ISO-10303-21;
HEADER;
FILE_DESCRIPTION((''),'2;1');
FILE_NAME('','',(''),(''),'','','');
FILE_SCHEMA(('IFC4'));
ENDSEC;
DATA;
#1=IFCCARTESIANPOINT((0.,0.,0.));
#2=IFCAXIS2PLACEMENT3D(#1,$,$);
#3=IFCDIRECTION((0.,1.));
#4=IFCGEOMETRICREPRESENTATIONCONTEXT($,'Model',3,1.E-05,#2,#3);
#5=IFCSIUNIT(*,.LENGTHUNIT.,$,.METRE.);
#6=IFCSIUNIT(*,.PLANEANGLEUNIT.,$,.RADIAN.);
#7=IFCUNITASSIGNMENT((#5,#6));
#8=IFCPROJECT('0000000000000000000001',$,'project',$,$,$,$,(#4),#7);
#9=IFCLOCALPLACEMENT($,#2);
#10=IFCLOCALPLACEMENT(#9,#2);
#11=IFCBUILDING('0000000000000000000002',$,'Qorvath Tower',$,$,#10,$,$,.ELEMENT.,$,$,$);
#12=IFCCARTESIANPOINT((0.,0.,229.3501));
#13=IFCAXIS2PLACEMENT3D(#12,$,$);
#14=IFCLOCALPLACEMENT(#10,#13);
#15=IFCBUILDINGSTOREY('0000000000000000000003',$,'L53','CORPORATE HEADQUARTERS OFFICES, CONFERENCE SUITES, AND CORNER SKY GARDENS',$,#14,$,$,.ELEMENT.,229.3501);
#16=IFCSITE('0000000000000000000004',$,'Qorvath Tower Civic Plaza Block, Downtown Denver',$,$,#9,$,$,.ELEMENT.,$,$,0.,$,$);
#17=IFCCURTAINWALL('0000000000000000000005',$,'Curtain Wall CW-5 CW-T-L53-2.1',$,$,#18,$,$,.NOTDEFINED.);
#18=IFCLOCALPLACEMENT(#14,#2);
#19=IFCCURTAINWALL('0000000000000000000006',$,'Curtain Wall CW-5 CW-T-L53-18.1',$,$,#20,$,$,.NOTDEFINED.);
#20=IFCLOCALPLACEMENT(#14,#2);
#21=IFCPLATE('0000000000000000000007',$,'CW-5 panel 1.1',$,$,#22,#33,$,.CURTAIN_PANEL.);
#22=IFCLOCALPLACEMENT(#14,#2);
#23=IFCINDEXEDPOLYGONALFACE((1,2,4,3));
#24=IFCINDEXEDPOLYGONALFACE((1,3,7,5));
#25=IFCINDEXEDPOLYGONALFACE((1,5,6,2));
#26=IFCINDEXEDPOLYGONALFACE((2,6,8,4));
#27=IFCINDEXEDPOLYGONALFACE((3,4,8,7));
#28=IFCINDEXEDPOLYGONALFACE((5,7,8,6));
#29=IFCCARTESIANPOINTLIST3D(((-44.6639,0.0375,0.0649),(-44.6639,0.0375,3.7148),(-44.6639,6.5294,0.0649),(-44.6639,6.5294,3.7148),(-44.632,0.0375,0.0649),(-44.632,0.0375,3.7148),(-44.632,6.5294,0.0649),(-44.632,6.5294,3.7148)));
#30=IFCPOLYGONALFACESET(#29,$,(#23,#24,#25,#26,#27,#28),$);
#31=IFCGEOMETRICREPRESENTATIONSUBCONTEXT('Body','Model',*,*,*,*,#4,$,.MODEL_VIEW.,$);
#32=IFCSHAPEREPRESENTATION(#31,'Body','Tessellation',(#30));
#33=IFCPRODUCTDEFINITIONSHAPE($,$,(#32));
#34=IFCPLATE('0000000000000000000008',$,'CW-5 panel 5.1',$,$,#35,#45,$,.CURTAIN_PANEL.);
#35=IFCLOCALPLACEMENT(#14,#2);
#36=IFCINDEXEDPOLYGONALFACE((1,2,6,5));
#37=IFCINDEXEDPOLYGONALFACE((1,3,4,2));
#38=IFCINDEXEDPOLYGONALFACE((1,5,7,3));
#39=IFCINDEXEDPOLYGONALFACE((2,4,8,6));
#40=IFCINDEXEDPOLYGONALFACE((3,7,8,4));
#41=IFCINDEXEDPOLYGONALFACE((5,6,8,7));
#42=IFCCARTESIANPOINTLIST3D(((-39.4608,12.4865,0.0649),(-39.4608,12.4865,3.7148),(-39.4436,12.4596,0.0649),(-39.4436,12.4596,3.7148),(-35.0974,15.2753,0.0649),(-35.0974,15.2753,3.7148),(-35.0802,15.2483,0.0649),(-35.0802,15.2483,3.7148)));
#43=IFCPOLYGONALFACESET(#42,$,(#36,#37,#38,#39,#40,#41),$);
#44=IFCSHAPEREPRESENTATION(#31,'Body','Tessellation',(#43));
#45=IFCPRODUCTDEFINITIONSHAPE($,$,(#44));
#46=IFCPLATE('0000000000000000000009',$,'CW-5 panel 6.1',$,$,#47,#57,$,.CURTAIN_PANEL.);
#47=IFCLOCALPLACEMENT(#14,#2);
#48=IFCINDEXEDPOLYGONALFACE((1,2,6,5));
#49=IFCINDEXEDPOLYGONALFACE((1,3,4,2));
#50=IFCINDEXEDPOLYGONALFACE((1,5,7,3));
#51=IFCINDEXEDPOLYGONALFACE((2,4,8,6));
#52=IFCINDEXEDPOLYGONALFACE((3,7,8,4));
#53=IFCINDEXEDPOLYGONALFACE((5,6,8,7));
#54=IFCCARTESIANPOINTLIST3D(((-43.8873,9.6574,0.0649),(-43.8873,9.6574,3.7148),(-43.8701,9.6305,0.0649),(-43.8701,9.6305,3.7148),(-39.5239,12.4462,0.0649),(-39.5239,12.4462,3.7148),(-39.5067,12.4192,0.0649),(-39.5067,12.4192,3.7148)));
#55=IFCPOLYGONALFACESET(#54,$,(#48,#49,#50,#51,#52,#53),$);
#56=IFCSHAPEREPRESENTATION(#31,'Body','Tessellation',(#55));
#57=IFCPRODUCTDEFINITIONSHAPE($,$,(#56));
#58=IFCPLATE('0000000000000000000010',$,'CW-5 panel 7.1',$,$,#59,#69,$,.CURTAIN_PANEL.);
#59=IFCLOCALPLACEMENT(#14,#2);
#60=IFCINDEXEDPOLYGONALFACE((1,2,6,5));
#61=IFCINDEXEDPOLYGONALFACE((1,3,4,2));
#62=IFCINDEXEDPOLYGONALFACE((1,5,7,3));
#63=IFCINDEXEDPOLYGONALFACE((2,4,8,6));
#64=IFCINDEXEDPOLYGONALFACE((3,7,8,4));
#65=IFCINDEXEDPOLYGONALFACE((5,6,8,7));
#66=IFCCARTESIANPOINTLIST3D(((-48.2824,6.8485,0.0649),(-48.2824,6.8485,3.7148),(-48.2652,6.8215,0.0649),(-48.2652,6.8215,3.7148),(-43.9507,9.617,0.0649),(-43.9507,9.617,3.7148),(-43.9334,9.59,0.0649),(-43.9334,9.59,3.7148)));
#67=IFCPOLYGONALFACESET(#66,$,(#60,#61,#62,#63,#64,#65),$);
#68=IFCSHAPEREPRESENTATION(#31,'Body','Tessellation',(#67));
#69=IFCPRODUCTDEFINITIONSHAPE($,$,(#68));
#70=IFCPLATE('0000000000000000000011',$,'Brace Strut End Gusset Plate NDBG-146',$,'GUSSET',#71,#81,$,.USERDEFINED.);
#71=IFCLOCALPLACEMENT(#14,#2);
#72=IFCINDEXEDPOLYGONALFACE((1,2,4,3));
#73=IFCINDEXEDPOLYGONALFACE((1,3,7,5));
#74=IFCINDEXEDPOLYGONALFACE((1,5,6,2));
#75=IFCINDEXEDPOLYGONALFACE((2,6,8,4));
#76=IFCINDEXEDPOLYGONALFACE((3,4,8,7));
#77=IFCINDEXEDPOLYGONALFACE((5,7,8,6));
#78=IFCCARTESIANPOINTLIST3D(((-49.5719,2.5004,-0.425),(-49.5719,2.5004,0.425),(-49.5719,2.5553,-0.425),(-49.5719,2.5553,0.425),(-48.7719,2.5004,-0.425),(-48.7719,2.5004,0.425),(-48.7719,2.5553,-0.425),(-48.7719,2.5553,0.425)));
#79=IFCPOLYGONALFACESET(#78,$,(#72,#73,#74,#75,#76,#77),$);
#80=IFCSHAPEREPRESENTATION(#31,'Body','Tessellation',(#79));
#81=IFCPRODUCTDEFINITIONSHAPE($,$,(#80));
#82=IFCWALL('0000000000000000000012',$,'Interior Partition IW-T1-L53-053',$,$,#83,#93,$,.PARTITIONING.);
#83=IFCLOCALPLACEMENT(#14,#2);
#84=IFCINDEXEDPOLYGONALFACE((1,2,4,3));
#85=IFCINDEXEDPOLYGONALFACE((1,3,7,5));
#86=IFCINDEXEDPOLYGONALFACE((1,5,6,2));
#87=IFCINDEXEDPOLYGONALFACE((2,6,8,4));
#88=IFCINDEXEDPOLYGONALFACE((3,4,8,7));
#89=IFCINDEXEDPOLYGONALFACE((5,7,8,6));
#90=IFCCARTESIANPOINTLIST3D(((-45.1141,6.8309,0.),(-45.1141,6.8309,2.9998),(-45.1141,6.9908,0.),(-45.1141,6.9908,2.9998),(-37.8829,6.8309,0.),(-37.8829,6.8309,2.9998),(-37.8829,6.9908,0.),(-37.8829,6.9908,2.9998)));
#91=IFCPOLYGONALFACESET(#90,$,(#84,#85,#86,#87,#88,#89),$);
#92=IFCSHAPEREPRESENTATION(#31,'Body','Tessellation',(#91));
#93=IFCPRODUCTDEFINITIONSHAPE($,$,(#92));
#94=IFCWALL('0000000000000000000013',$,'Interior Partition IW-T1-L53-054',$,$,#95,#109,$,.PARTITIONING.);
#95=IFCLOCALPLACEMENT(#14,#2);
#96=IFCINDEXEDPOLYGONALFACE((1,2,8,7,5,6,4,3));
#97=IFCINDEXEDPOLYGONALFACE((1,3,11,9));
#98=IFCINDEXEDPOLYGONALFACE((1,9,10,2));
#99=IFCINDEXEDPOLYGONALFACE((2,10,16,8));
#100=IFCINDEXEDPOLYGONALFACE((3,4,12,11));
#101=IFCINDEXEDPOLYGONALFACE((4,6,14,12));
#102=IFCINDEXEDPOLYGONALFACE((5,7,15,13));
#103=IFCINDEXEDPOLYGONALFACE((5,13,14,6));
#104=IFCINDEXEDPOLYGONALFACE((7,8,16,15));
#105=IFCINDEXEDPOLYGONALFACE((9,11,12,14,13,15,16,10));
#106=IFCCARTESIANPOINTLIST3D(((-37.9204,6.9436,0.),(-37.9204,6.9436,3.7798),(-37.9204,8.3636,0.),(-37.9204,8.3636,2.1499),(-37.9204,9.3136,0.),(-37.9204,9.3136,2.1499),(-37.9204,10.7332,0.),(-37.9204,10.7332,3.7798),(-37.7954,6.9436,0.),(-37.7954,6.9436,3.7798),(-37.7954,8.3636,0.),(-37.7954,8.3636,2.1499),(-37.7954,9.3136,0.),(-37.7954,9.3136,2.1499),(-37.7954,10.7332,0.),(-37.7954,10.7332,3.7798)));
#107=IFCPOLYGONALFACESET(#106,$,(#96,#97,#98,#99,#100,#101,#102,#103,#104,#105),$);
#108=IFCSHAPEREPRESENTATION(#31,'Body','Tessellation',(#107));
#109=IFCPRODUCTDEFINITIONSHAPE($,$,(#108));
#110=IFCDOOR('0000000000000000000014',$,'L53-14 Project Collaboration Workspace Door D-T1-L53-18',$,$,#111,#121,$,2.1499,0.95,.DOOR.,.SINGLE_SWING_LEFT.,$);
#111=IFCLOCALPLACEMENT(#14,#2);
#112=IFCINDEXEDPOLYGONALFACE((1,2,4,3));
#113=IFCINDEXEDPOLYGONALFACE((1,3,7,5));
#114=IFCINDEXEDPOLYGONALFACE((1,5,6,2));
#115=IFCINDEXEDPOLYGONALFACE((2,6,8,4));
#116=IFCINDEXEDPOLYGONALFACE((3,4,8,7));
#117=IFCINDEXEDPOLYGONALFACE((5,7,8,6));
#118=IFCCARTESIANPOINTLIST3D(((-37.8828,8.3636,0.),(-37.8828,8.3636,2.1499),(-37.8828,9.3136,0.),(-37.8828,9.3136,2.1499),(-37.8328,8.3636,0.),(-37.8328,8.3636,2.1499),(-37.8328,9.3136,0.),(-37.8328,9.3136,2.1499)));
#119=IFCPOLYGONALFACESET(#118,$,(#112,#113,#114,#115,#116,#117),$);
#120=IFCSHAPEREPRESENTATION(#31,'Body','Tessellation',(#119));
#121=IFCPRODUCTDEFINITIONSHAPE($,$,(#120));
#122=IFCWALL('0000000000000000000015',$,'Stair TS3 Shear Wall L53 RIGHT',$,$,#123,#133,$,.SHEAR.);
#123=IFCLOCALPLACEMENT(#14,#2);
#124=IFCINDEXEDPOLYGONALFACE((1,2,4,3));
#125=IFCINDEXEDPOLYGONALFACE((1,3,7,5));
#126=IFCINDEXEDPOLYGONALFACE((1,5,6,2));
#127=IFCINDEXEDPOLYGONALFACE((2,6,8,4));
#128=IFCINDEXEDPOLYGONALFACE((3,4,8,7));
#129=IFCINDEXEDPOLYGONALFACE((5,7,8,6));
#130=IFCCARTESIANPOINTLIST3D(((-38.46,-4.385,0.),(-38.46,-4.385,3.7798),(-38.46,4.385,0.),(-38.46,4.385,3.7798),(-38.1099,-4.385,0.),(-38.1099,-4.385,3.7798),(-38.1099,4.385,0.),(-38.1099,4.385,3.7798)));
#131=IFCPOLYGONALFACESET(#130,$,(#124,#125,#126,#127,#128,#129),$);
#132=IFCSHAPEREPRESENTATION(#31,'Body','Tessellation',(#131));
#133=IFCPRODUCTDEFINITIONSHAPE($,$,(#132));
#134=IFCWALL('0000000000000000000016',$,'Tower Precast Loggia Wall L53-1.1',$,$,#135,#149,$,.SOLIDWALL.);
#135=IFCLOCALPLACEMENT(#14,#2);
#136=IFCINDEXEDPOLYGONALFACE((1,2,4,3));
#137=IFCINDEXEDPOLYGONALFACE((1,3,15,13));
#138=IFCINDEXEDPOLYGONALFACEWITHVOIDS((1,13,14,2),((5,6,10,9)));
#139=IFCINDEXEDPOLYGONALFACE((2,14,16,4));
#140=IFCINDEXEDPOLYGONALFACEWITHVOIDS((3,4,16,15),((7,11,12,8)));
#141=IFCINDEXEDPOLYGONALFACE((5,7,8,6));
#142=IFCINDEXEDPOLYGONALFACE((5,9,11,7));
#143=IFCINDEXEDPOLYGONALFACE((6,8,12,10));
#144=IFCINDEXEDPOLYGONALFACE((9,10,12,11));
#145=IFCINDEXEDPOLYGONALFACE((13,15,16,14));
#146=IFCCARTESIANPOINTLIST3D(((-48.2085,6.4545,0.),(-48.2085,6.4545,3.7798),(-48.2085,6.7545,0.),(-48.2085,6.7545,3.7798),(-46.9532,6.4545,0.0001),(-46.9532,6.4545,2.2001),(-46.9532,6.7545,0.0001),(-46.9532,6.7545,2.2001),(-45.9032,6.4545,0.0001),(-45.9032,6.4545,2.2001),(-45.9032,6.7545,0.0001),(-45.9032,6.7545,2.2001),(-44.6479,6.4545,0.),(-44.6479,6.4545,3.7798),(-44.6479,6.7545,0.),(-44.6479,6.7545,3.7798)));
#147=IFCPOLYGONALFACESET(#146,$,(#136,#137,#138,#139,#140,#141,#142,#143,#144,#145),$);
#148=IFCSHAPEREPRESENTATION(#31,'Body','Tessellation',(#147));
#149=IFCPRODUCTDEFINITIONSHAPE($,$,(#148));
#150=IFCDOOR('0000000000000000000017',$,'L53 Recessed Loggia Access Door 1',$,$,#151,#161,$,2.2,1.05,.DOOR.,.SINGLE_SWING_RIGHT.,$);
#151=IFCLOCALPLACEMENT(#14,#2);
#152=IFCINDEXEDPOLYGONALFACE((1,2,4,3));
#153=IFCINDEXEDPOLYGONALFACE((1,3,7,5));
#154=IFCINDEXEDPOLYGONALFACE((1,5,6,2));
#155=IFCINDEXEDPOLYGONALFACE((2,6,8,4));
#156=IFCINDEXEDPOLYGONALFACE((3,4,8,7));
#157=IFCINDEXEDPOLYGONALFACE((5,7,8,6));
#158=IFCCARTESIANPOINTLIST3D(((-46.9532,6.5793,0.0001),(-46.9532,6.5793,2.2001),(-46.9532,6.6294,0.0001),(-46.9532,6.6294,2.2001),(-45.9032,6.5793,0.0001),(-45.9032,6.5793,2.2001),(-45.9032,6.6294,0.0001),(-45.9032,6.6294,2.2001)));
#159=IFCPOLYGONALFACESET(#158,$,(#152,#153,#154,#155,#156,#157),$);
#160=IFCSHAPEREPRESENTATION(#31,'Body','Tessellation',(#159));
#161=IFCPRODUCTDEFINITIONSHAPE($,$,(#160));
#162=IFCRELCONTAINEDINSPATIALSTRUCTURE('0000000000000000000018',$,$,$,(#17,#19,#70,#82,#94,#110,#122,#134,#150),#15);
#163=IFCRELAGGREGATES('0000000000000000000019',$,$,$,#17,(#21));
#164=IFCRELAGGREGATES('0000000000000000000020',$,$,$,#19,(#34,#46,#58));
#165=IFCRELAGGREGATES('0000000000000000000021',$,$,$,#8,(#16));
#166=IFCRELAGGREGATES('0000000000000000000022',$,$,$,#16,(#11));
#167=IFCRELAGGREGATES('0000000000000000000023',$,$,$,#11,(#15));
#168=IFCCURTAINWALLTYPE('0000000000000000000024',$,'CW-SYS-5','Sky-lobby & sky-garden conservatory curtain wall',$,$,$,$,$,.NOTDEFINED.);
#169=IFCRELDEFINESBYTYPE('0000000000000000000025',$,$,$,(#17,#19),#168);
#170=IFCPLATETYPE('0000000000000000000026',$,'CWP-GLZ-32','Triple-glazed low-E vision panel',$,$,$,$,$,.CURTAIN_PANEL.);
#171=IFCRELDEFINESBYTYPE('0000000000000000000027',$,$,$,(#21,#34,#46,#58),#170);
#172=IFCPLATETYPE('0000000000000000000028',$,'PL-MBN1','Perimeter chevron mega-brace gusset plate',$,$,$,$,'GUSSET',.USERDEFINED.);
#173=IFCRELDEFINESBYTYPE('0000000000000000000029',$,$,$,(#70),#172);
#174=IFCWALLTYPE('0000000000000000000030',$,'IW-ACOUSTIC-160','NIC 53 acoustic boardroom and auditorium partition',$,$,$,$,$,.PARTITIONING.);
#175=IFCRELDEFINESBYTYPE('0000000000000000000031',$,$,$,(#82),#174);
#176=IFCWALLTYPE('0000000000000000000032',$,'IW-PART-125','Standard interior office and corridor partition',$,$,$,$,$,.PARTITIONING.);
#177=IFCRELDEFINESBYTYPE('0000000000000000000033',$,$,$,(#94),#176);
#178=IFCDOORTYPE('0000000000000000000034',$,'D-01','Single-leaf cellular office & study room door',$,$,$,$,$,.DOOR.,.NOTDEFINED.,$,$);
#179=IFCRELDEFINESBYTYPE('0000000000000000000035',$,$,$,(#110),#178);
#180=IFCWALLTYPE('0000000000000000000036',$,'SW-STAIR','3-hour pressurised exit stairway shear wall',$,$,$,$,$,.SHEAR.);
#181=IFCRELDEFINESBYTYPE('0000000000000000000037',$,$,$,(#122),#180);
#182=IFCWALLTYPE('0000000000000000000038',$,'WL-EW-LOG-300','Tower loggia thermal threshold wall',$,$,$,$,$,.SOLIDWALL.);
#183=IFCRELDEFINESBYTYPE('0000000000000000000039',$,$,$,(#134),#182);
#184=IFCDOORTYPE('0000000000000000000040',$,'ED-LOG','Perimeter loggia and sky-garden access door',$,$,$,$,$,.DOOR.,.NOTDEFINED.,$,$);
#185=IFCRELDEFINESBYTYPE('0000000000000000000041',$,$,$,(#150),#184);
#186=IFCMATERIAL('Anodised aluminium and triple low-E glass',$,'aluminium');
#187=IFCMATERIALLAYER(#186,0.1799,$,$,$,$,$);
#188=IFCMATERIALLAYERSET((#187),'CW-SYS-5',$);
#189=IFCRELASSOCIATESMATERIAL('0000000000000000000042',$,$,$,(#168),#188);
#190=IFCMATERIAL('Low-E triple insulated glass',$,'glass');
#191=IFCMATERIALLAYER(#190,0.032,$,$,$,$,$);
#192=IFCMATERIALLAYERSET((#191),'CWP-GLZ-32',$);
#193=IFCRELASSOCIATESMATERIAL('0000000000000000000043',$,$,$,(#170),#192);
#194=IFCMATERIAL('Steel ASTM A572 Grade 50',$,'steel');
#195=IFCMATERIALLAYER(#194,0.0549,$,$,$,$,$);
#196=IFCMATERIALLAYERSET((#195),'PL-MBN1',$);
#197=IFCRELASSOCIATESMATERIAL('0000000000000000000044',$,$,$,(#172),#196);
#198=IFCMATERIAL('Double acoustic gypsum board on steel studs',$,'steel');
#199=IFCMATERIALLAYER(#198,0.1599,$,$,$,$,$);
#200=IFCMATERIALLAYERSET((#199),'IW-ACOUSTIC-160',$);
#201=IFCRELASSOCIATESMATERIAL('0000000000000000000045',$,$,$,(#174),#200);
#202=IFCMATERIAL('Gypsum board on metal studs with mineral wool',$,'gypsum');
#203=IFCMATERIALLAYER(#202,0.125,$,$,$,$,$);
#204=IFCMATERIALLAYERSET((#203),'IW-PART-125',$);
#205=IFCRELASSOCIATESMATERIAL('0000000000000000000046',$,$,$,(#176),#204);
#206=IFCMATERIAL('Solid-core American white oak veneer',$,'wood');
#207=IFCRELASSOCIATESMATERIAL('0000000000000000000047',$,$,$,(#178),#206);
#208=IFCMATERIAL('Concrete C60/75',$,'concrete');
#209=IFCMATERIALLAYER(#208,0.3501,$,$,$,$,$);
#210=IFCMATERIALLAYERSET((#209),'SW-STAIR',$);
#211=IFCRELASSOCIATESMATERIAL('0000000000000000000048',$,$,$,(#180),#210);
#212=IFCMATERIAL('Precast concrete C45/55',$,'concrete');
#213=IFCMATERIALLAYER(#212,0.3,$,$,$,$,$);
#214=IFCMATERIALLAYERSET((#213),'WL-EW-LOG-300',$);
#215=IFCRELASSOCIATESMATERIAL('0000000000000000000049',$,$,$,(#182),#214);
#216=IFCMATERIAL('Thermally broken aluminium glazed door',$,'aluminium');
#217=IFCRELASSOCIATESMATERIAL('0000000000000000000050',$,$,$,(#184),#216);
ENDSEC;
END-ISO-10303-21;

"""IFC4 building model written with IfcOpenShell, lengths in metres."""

from ifc_helpers import new_model, si_unit, direction, frame, frame_2d, origin, origin_2d, place, context, subcontext, project, spatial, rectangle, extrude, material, layer, layer_set, type_object, element, fill, aggregate, save


model = new_model("IFC4")

# Units and contexts
model_context = context("Model", 3, precision=1e-05, world=origin(), true_north=direction((0.0, 1.0)))
body_context = subcontext(model_context, "Body", "Model", "MODEL_VIEW")
ifc_project = project(units=[si_unit("LENGTHUNIT", "METRE"), si_unit("PLANEANGLEUNIT", "RADIAN")], contexts=[model_context])

# Site, building, storey
site_placement = place(None, origin())
site = spatial("IfcSite", under=ifc_project, at=site_placement, Name="Qorvath Tower Civic Plaza Block, Downtown Denver", CompositionType="ELEMENT", RefElevation=0.0)
building_placement = place(site_placement, origin())
building = spatial("IfcBuilding", under=site, at=building_placement, Name="Qorvath Tower", CompositionType="ELEMENT")
storey_placement = place(building_placement, frame((0.0, 0.0, 229.3501)))
storey = spatial("IfcBuildingStorey", under=building, at=storey_placement, Name="L53", Description="CORPORATE HEADQUARTERS OFFICES, CONFERENCE SUITES, AND CORNER SKY GARDENS", CompositionType="ELEMENT", Elevation=229.3501)

# Curtain wall
ifc_material_1 = material(Name="Anodised aluminium and triple low-E glass", Category="aluminium")
ifc_layer_1 = layer(ifc_material_1, 0.1799)
ifc_layer_set_1 = layer_set([ifc_layer_1], Name="CW-SYS-5")
curtain_wall_type = type_object("IfcCurtainWallType", Name="CW-SYS-5", Description="Sky-lobby & sky-garden conservatory curtain wall", PredefinedType="NOTDEFINED", material=ifc_layer_set_1)
curtain_wall_1_placement = place(storey_placement, origin())
curtain_wall_1 = element("IfcCurtainWall", 1, at=curtain_wall_1_placement, inside=storey, type_object=curtain_wall_type, Name="Curtain Wall CW-5 CW-T-L53-2.1", PredefinedType="NOTDEFINED")

# Curtain wall
curtain_wall_2_placement = place(storey_placement, origin())
curtain_wall_2 = element("IfcCurtainWall", 2, at=curtain_wall_2_placement, inside=storey, type_object=curtain_wall_type, Name="Curtain Wall CW-5 CW-T-L53-18.1", PredefinedType="NOTDEFINED")

# Plates
ifc_material_2 = material(Name="Low-E triple insulated glass", Category="glass")
ifc_layer_2 = layer(ifc_material_2, 0.032)
ifc_layer_set_2 = layer_set([ifc_layer_2], Name="CWP-GLZ-32")
plate_type_1 = type_object("IfcPlateType", Name="CWP-GLZ-32", Description="Triple-glazed low-E vision panel", PredefinedType="CURTAIN_PANEL", material=ifc_layer_set_2)
plate_1_placement = place(storey_placement, frame((-44.6479, 3.2834, 0.0649), z_axis=(0.0, 0.0, 1.0), x_axis=(0.0, -1.0, 0.0)))
plate_1 = element("IfcPlate", 3, at=plate_1_placement, type_object=plate_type_1, Name="CW-5 panel 1.1", PredefinedType="CURTAIN_PANEL", context=body_context, shape_type="SweptSolid", body=[
    extrude(rectangle(XDim=6.4919, YDim=0.032, at=origin_2d()), origin(), (0.0, 0.0, 1.0), 3.6499),
])
aggregate(curtain_wall_1, [plate_1])
plate_2_placement = place(storey_placement, frame((-37.2705, 13.8674, 0.0649), z_axis=(0.0, 0.0, 1.0), x_axis=(-0.842606, -0.538531, 0.0)))
plate_2 = element("IfcPlate", 4, at=plate_2_placement, type_object=plate_type_1, Name="CW-5 panel 5.1", PredefinedType="CURTAIN_PANEL", context=body_context, shape_type="SweptSolid", body=[
    extrude(rectangle(XDim=5.1785, YDim=0.032, at=origin_2d()), origin(), (0.0, 0.0, 1.0), 3.6499),
])
plate_3_placement = place(storey_placement, frame((-41.697, 11.0383, 0.0649), z_axis=(0.0, 0.0, 1.0), x_axis=(-0.842606, -0.538531, 0.0)))
plate_3 = element("IfcPlate", 5, at=plate_3_placement, type_object=plate_type_1, Name="CW-5 panel 6.1", PredefinedType="CURTAIN_PANEL", context=body_context, shape_type="SweptSolid", body=[
    extrude(rectangle(XDim=5.1785, YDim=0.032, at=origin_2d()), origin(), (0.0, 0.0, 1.0), 3.6499),
])
plate_4_placement = place(storey_placement, frame((-46.1079, 8.2192, 0.0649), z_axis=(0.0, 0.0, 1.0), x_axis=(-0.842606, -0.538531, 0.0)))
plate_4 = element("IfcPlate", 6, at=plate_4_placement, type_object=plate_type_1, Name="CW-5 panel 7.1", PredefinedType="CURTAIN_PANEL", context=body_context, shape_type="SweptSolid", body=[
    extrude(rectangle(XDim=5.1409, YDim=0.032, at=origin_2d()), origin(), (0.0, 0.0, 1.0), 3.6499),
])
aggregate(curtain_wall_2, [plate_2, plate_3, plate_4])
ifc_material_3 = material(Name="Steel ASTM A572 Grade 50", Category="steel")
ifc_layer_3 = layer(ifc_material_3, 0.0549)
ifc_layer_set_3 = layer_set([ifc_layer_3], Name="PL-MBN1")
plate_type_2 = type_object("IfcPlateType", Name="PL-MBN1", Description="Perimeter chevron mega-brace gusset plate", ElementType="GUSSET", PredefinedType="USERDEFINED", material=ifc_layer_set_3)
plate_5_placement = place(storey_placement, frame((-49.1719, 2.5278, -0.425), z_axis=(0.0, 0.0, 1.0), x_axis=(1.0, 0.0, 0.0)))
element("IfcPlate", 7, at=plate_5_placement, inside=storey, type_object=plate_type_2, Name="Brace Strut End Gusset Plate NDBG-146", ObjectType="GUSSET", PredefinedType="USERDEFINED", context=body_context, shape_type="SweptSolid", body=[
    extrude(rectangle(XDim=0.8, YDim=0.0549, at=origin_2d()), origin(), (0.0, 0.0, 1.0), 0.8501),
])

# Shared definitions
ifc_material_4 = material(Name="Double acoustic gypsum board on steel studs", Category="steel")
ifc_layer_4 = layer(ifc_material_4, 0.1599)
ifc_layer_set_4 = layer_set([ifc_layer_4], Name="IW-ACOUSTIC-160")
wall_type_1 = type_object("IfcWallType", Name="IW-ACOUSTIC-160", Description="NIC 53 acoustic boardroom and auditorium partition", PredefinedType="PARTITIONING", material=ifc_layer_set_4)

# Wall
wall_1_placement = place(storey_placement, frame((-37.8828, 6.9109, 0.0), z_axis=(0.0, 0.0, 1.0), x_axis=(-1.0, 0.0, 0.0)))
element("IfcWall", 8, at=wall_1_placement, inside=storey, type_object=wall_type_1, Name="Interior Partition IW-T1-L53-053", PredefinedType="PARTITIONING", context=body_context, shape_type="SweptSolid", body=[
    extrude(rectangle(XDim=7.2312, YDim=0.1599, at=frame_2d((3.6157, 0.0))), origin(), (0.0, 0.0, 1.0), 2.9998),
])

# Wall, opening, door
ifc_material_5 = material(Name="Gypsum board on metal studs with mineral wool", Category="gypsum")
ifc_layer_5 = layer(ifc_material_5, 0.125)
ifc_layer_set_5 = layer_set([ifc_layer_5], Name="IW-PART-125")
wall_type_2 = type_object("IfcWallType", Name="IW-PART-125", Description="Standard interior office and corridor partition", PredefinedType="PARTITIONING", material=ifc_layer_set_5)
wall_2_placement = place(storey_placement, frame((-37.8579, 6.9436, 0.0), z_axis=(0.0, 0.0, 1.0), x_axis=(0.0, 1.0, 0.0)))
wall_2 = element("IfcWall", 9, at=wall_2_placement, inside=storey, type_object=wall_type_2, Name="Interior Partition IW-T1-L53-054", PredefinedType="PARTITIONING", context=body_context, shape_type="SweptSolid", body=[
    extrude(rectangle(XDim=3.7896, YDim=0.125, at=frame_2d((1.8948, 0.0))), origin(), (0.0, 0.0, 1.0), 3.7798),
])
opening_1_placement = place(wall_2_placement, frame((1.4199, 0.0, 0.0)))
opening_1 = element("IfcOpeningElement", 10, at=opening_1_placement, cuts=wall_2, PredefinedType="OPENING", context=body_context, shape_type="SweptSolid", body=[
    extrude(rectangle(XDim=0.95, YDim=2.1499, at=frame_2d((0.4751, 1.075))), frame((0.0, 0.0725, 0.0), z_axis=(0.0, -1.0, 0.0), x_axis=(1.0, 0.0, 0.0)), (0.0, 0.0, 1.0), 0.145),
])
ifc_material_6 = material(Name="Solid-core American white oak veneer", Category="wood")
door_type_1 = type_object("IfcDoorType", Name="D-01", Description="Single-leaf cellular office & study room door", OperationType="NOTDEFINED", PredefinedType="DOOR", material=ifc_material_6)
door_1_placement = place(opening_1_placement, origin())
door_1 = element("IfcDoor", 11, at=door_1_placement, inside=storey, type_object=door_type_1, Name="L53-14 Project Collaboration Workspace Door D-T1-L53-18", OperationType="SINGLE_SWING_LEFT", OverallHeight=2.1499, OverallWidth=0.95, PredefinedType="DOOR", context=body_context, shape_type="SweptSolid", body=[
    extrude(rectangle(XDim=0.95, YDim=2.1499, at=frame_2d((0.4751, 1.075))), frame((0.0, 0.0249, 0.0), z_axis=(0.0, -1.0, 0.0), x_axis=(1.0, 0.0, 0.0)), (0.0, 0.0, 1.0), 0.05),
])
fill(opening_1, door_1)

# Wall
ifc_material_7 = material(Name="Concrete C60/75", Category="concrete")
ifc_layer_6 = layer(ifc_material_7, 0.3501)
ifc_layer_set_6 = layer_set([ifc_layer_6], Name="SW-STAIR")
wall_type_3 = type_object("IfcWallType", Name="SW-STAIR", Description="3-hour pressurised exit stairway shear wall", PredefinedType="SHEAR", material=ifc_layer_set_6)
wall_3_placement = place(storey_placement, frame((-38.2849, 4.385, 0.0), z_axis=(0.0, 0.0, 1.0), x_axis=(0.0, -1.0, 0.0)))
element("IfcWall", 12, at=wall_3_placement, inside=storey, type_object=wall_type_3, Name="Stair TS3 Shear Wall L53 RIGHT", PredefinedType="SHEAR", context=body_context, shape_type="SweptSolid", body=[
    extrude(rectangle(XDim=8.77, YDim=0.3501, at=frame_2d((4.385, 0.0))), origin(), (0.0, 0.0, 1.0), 3.7798),
])

# Wall, opening, door
ifc_material_8 = material(Name="Precast concrete C45/55", Category="concrete")
ifc_layer_7 = layer(ifc_material_8, 0.3)
ifc_layer_set_7 = layer_set([ifc_layer_7], Name="WL-EW-LOG-300")
wall_type_4 = type_object("IfcWallType", Name="WL-EW-LOG-300", Description="Tower loggia thermal threshold wall", PredefinedType="SOLIDWALL", material=ifc_layer_set_7)
wall_4_placement = place(storey_placement, frame((-48.2085, 6.6045, 0.0), z_axis=(0.0, 0.0, 1.0), x_axis=(1.0, 0.0, 0.0)))
wall_4 = element("IfcWall", 13, at=wall_4_placement, inside=storey, type_object=wall_type_4, Name="Tower Precast Loggia Wall L53-1.1", PredefinedType="SOLIDWALL", context=body_context, shape_type="SweptSolid", body=[
    extrude(rectangle(XDim=3.5605, YDim=0.3, at=frame_2d((1.7803, 0.0))), origin(), (0.0, 0.0, 1.0), 3.7798),
])
opening_2_placement = place(wall_4_placement, frame((1.2554, 0.0, 0.0)))
opening_2 = element("IfcOpeningElement", 14, at=opening_2_placement, cuts=wall_4, PredefinedType="OPENING", context=body_context, shape_type="SweptSolid", body=[
    extrude(rectangle(XDim=1.05, YDim=2.2, at=frame_2d((0.5249, 1.1001))), frame((0.0, 0.1602, 0.0), z_axis=(0.0, -1.0, 0.0), x_axis=(1.0, 0.0, 0.0)), (0.0, 0.0, 1.0), 0.3201),
])
ifc_material_9 = material(Name="Thermally broken aluminium glazed door", Category="aluminium")
door_type_2 = type_object("IfcDoorType", Name="ED-LOG", Description="Perimeter loggia and sky-garden access door", OperationType="NOTDEFINED", PredefinedType="DOOR", material=ifc_material_9)
door_2_placement = place(opening_2_placement, origin())
door_2 = element("IfcDoor", 15, at=door_2_placement, inside=storey, type_object=door_type_2, Name="L53 Recessed Loggia Access Door 1", OperationType="SINGLE_SWING_RIGHT", OverallHeight=2.2, OverallWidth=1.05, PredefinedType="DOOR", context=body_context, shape_type="SweptSolid", body=[
    extrude(rectangle(XDim=1.05, YDim=2.2, at=frame_2d((0.5249, 1.1001))), frame((0.0, 0.0249, 0.0), z_axis=(0.0, -1.0, 0.0), x_axis=(1.0, 0.0, 0.0)), (0.0, 0.0, 1.0), 0.05),
])
fill(opening_2, door_2)

save(model, "model.ifc")
